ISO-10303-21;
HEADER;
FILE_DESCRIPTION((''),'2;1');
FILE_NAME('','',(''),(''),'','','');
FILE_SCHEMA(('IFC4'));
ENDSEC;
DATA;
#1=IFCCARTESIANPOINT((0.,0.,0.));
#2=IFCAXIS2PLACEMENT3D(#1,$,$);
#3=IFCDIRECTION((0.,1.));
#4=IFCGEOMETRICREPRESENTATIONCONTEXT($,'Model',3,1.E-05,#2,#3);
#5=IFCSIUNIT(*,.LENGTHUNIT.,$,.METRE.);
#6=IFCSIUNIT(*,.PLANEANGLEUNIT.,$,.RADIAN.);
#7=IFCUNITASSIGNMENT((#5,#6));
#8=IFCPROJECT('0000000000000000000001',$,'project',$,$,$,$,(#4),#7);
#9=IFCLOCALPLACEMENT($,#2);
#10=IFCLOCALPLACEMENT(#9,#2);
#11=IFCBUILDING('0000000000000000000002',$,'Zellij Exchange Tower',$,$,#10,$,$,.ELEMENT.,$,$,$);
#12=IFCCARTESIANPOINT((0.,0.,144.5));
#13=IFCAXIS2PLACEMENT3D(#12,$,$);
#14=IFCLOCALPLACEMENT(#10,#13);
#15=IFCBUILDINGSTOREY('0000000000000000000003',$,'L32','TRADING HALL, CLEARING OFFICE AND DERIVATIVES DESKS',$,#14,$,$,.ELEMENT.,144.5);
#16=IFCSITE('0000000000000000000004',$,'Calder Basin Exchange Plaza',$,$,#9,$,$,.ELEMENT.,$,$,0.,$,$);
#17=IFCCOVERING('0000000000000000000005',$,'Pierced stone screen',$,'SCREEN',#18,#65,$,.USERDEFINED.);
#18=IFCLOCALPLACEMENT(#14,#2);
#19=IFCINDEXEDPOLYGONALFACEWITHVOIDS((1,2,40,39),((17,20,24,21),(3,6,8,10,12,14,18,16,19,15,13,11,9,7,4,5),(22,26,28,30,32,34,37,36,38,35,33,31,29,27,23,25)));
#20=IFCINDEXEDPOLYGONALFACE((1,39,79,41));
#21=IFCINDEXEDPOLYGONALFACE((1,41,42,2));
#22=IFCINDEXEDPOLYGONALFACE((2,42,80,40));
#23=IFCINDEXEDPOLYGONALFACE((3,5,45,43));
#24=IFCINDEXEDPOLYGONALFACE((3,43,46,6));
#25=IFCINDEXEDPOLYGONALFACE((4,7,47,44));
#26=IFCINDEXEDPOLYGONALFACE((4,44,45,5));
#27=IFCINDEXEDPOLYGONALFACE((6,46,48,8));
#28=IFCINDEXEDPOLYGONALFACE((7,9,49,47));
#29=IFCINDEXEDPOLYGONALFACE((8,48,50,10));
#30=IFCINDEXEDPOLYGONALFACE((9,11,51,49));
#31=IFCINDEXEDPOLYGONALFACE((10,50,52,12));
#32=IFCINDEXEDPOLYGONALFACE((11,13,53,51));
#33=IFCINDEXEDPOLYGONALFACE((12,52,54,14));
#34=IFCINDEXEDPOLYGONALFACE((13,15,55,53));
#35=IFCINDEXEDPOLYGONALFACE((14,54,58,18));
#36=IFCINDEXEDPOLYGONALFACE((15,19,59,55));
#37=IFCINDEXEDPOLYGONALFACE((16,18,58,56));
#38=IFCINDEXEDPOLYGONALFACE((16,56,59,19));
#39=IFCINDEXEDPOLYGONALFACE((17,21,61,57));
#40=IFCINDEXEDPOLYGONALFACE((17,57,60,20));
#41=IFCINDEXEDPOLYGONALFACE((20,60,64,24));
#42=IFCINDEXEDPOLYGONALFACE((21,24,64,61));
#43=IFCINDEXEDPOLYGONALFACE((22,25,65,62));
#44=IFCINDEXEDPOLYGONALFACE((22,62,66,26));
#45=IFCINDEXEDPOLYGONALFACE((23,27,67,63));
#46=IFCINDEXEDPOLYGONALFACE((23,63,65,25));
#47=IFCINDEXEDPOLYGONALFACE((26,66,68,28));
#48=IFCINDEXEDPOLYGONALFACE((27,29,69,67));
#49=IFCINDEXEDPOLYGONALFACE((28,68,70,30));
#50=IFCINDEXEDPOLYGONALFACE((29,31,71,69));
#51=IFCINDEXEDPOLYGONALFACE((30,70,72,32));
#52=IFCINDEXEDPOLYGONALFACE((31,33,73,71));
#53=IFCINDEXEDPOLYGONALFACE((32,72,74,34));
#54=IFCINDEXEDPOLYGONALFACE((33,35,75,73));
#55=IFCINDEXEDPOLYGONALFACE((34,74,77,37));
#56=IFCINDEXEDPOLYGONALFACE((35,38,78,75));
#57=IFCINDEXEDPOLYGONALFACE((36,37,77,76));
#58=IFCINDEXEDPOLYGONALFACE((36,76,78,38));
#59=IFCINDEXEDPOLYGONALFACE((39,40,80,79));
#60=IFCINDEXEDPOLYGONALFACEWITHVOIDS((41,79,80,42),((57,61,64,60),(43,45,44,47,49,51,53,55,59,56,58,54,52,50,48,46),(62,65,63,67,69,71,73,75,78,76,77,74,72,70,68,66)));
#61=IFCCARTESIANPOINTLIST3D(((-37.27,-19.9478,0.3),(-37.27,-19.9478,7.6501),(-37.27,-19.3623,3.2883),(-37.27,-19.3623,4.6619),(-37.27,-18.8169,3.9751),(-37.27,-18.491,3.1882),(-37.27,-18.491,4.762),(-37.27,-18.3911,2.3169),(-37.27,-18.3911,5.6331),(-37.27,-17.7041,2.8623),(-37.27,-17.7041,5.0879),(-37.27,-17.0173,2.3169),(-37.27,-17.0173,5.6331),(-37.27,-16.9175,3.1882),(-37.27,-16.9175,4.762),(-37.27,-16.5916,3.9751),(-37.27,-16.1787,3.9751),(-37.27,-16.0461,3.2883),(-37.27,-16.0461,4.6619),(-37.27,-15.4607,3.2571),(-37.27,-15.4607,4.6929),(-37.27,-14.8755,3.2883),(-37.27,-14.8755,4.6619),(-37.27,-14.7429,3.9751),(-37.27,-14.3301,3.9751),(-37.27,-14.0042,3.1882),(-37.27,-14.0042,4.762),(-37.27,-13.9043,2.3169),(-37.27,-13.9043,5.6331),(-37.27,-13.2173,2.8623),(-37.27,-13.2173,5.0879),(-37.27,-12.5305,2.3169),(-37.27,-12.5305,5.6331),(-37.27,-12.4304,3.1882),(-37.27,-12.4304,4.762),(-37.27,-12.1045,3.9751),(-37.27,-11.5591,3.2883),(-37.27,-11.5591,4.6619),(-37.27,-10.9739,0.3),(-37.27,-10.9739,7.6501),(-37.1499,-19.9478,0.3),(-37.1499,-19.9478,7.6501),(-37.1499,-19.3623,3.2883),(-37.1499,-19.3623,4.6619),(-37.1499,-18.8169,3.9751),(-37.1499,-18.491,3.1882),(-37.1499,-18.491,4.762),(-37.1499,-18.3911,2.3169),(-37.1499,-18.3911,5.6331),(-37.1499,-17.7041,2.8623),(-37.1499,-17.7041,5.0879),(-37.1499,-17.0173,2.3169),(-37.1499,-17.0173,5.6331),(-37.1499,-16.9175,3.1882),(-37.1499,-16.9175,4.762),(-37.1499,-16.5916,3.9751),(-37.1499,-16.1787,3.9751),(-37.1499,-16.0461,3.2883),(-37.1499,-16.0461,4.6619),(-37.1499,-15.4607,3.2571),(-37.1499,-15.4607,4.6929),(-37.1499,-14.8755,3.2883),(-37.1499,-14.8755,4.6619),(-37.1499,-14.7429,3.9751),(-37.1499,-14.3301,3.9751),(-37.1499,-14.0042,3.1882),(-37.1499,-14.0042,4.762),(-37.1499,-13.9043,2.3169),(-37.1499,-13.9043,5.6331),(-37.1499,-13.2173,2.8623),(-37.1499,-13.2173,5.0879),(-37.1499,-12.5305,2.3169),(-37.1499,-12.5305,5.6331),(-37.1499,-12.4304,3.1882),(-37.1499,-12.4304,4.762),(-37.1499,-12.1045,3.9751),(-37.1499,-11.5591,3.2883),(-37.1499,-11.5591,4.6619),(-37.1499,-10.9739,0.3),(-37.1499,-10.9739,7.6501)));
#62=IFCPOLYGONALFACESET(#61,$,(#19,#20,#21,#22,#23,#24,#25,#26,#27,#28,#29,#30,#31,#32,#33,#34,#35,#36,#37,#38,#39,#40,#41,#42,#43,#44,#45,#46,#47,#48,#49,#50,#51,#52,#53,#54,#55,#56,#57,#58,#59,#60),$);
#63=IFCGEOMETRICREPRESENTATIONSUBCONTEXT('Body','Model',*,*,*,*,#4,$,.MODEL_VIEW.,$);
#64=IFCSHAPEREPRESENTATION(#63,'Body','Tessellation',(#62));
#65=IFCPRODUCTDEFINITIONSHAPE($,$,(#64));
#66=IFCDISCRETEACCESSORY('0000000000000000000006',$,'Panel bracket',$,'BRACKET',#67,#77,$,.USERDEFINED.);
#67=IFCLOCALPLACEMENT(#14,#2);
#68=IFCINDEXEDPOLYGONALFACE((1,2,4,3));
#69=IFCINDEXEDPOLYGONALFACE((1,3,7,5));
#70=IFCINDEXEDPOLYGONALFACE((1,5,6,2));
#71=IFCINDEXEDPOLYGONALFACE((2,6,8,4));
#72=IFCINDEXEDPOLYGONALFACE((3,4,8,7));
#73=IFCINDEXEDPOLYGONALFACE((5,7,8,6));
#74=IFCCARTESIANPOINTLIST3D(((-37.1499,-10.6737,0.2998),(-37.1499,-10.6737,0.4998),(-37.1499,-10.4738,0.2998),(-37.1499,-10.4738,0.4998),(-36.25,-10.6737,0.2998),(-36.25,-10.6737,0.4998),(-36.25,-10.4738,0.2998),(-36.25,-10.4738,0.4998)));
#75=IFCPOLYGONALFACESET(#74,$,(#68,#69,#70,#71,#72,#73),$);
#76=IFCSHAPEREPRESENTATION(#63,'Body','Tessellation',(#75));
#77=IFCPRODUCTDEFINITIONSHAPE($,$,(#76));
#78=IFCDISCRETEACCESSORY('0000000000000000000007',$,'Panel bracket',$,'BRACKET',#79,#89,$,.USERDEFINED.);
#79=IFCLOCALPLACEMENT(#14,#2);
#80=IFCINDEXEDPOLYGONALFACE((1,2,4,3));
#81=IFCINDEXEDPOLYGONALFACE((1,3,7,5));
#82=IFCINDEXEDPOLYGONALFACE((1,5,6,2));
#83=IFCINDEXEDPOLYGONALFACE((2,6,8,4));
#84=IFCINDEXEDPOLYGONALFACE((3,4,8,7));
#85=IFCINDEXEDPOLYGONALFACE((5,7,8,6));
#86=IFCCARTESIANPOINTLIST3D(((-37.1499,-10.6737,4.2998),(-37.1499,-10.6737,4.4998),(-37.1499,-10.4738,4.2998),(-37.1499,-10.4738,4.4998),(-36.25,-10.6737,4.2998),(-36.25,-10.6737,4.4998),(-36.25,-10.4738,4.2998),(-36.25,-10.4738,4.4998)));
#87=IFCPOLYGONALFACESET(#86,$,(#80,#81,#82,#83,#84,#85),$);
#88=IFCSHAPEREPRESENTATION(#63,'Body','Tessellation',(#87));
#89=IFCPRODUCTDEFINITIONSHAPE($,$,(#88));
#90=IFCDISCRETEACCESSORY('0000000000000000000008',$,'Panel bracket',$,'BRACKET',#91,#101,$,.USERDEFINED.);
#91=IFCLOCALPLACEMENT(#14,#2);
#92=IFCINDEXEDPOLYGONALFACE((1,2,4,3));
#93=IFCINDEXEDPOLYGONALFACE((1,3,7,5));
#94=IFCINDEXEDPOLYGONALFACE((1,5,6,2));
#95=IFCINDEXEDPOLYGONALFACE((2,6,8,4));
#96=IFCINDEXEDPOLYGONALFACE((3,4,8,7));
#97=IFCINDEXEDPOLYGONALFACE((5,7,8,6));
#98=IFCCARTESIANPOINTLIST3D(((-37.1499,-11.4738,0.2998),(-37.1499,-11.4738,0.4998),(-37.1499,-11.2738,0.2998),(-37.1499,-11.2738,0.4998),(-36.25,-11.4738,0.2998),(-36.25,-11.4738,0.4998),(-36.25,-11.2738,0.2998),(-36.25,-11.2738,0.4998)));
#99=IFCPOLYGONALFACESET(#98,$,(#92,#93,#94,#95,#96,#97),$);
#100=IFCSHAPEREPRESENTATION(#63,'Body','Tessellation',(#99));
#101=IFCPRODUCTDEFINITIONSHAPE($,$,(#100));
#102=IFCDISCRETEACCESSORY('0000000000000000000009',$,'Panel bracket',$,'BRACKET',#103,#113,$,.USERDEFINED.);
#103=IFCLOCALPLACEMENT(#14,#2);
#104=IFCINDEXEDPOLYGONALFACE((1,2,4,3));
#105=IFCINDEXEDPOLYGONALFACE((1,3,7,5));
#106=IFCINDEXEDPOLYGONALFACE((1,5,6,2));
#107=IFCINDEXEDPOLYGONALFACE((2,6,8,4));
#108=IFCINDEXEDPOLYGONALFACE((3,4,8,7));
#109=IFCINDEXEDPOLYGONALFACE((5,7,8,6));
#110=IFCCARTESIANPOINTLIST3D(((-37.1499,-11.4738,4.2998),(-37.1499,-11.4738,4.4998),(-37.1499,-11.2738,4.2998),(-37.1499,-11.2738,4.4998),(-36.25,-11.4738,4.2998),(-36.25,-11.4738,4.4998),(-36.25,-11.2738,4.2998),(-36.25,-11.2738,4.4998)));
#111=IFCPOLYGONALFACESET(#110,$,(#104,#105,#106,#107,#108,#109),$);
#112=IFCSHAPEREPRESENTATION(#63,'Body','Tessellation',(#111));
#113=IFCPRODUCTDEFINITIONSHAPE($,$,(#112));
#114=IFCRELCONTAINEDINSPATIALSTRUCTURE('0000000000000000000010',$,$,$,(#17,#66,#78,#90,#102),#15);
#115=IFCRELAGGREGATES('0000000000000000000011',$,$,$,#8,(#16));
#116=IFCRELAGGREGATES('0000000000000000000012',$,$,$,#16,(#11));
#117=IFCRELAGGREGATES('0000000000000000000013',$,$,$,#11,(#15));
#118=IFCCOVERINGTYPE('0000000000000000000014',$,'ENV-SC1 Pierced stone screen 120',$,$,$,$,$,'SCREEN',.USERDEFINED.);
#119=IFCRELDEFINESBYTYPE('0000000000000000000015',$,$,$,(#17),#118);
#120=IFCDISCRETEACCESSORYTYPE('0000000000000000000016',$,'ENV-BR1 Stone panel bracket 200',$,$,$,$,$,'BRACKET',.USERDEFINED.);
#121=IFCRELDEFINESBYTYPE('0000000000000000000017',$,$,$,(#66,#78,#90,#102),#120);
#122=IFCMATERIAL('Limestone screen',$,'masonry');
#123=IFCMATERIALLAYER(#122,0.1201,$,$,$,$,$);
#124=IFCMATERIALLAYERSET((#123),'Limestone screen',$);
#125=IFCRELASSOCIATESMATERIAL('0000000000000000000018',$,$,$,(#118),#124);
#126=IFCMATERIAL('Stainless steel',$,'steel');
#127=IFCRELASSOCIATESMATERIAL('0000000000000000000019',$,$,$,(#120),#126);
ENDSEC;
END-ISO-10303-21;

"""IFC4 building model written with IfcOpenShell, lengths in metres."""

from ifc_helpers import new_model, si_unit, direction, frame, origin, origin_2d, place, context, subcontext, project, spatial, polyline, rectangle, outline, extrude, material, layer, layer_set, type_object, element, save


model = new_model("IFC4")

# Units and contexts
model_context = context("Model", 3, precision=1e-05, world=origin(), true_north=direction((0.0, 1.0)))
body_context = subcontext(model_context, "Body", "Model", "MODEL_VIEW")
ifc_project = project(units=[si_unit("LENGTHUNIT", "METRE"), si_unit("PLANEANGLEUNIT", "RADIAN")], contexts=[model_context])

# Site, building, storey
site_placement = place(None, origin())
site = spatial("IfcSite", under=ifc_project, at=site_placement, Name="Calder Basin Exchange Plaza", CompositionType="ELEMENT", RefElevation=0.0)
building_placement = place(site_placement, origin())
building = spatial("IfcBuilding", under=site, at=building_placement, Name="Zellij Exchange Tower", CompositionType="ELEMENT")
storey_placement = place(building_placement, frame((0.0, 0.0, 144.5)))
storey = spatial("IfcBuildingStorey", under=building, at=storey_placement, Name="L32", Description="TRADING HALL, CLEARING OFFICE AND DERIVATIVES DESKS", CompositionType="ELEMENT", Elevation=144.5)

# Shared definitions
ifc_material_1 = material(Name="Stainless steel", Category="steel")

# Covering
ifc_material_2 = material(Name="Limestone screen", Category="masonry")
ifc_layer_1 = layer(ifc_material_2, 0.1201)
ifc_layer_set_1 = layer_set([ifc_layer_1], Name="Limestone screen")
covering_type = type_object("IfcCoveringType", Name="ENV-SC1 Pierced stone screen 120", ElementType="SCREEN", PredefinedType="USERDEFINED", material=ifc_layer_set_1)
covering_placement = place(storey_placement, frame((-37.21, -10.9739, 0.3), z_axis=(0.0, 0.0, 1.0), x_axis=(0.0, -1.0, 0.0)))
element("IfcCovering", 1, at=covering_placement, inside=storey, type_object=covering_type, Name="Pierced stone screen", ObjectType="SCREEN", PredefinedType="USERDEFINED", context=body_context, shape_type="SweptSolid", body=[
    extrude(outline(polyline([(0.0, 0.0), (8.9739, 0.0), (8.9739, 7.3501), (0.0, 7.3501), (0.0, 0.0)]), holes=[polyline([(3.9016, 4.3618), (3.0303, 4.4619), (2.9304, 5.333), (2.2434, 4.7878), (1.5566, 5.333), (1.4565, 4.4619), (0.5852, 4.3618), (1.1306, 3.675), (0.5852, 2.9883), (1.4565, 2.8882), (1.5566, 2.0168), (2.2434, 2.5623), (2.9304, 2.0168), (3.0303, 2.8882), (3.9016, 2.9883), (3.3562, 3.675), (3.9016, 4.3618)]), polyline([(8.3884, 4.3618), (7.5171, 4.4619), (7.4172, 5.333), (6.7302, 4.7878), (6.0435, 5.333), (5.9436, 4.4619), (5.0723, 4.3618), (5.6177, 3.675), (5.0723, 2.9883), (5.9436, 2.8882), (6.0435, 2.0168), (6.7302, 2.5623), (7.4172, 2.0168), (7.5171, 2.8882), (8.3884, 2.9883), (7.843, 3.675), (8.3884, 4.3618)]), polyline([(5.2048, 3.675), (4.4868, 4.3928), (3.769, 3.675), (4.4868, 2.957), (5.2048, 3.675)])]), frame((0.0, 0.0601, 0.0), z_axis=(0.0, -1.0, 0.0), x_axis=(1.0, 0.0, 0.0)), (0.0, 0.0, 1.0), 0.1201),
])

# Discrete accessories
discrete_accessory_type = type_object("IfcDiscreteAccessoryType", Name="ENV-BR1 Stone panel bracket 200", ElementType="BRACKET", PredefinedType="USERDEFINED", material=ifc_material_1)
for number, where, z_axis, x_axis, name in (
    (2, (-36.7, -10.5737, 0.2998), (0.0, 0.0, 1.0), (0.0, -1.0, 0.0), "Panel bracket"),
    (3, (-36.7, -10.5737, 4.2998), (0.0, 0.0, 1.0), (0.0, -1.0, 0.0), "Panel bracket"),
    (4, (-36.7, -11.3738, 0.2998), (0.0, 0.0, 1.0), (0.0, -1.0, 0.0), "Panel bracket"),
    (5, (-36.7, -11.3738, 4.2998), (0.0, 0.0, 1.0), (0.0, -1.0, 0.0), "Panel bracket"),
):
    element("IfcDiscreteAccessory", number, at=place(storey_placement, frame(where, z_axis=z_axis, x_axis=x_axis)), inside=storey, type_object=discrete_accessory_type, Name=name, ObjectType="BRACKET", PredefinedType="USERDEFINED", context=body_context, shape_type="SweptSolid", body=[
        extrude(rectangle(XDim=0.2, YDim=0.8999, at=origin_2d()), origin(), (0.0, 0.0, 1.0), 0.2),
    ])

save(model, "model.ifc")
